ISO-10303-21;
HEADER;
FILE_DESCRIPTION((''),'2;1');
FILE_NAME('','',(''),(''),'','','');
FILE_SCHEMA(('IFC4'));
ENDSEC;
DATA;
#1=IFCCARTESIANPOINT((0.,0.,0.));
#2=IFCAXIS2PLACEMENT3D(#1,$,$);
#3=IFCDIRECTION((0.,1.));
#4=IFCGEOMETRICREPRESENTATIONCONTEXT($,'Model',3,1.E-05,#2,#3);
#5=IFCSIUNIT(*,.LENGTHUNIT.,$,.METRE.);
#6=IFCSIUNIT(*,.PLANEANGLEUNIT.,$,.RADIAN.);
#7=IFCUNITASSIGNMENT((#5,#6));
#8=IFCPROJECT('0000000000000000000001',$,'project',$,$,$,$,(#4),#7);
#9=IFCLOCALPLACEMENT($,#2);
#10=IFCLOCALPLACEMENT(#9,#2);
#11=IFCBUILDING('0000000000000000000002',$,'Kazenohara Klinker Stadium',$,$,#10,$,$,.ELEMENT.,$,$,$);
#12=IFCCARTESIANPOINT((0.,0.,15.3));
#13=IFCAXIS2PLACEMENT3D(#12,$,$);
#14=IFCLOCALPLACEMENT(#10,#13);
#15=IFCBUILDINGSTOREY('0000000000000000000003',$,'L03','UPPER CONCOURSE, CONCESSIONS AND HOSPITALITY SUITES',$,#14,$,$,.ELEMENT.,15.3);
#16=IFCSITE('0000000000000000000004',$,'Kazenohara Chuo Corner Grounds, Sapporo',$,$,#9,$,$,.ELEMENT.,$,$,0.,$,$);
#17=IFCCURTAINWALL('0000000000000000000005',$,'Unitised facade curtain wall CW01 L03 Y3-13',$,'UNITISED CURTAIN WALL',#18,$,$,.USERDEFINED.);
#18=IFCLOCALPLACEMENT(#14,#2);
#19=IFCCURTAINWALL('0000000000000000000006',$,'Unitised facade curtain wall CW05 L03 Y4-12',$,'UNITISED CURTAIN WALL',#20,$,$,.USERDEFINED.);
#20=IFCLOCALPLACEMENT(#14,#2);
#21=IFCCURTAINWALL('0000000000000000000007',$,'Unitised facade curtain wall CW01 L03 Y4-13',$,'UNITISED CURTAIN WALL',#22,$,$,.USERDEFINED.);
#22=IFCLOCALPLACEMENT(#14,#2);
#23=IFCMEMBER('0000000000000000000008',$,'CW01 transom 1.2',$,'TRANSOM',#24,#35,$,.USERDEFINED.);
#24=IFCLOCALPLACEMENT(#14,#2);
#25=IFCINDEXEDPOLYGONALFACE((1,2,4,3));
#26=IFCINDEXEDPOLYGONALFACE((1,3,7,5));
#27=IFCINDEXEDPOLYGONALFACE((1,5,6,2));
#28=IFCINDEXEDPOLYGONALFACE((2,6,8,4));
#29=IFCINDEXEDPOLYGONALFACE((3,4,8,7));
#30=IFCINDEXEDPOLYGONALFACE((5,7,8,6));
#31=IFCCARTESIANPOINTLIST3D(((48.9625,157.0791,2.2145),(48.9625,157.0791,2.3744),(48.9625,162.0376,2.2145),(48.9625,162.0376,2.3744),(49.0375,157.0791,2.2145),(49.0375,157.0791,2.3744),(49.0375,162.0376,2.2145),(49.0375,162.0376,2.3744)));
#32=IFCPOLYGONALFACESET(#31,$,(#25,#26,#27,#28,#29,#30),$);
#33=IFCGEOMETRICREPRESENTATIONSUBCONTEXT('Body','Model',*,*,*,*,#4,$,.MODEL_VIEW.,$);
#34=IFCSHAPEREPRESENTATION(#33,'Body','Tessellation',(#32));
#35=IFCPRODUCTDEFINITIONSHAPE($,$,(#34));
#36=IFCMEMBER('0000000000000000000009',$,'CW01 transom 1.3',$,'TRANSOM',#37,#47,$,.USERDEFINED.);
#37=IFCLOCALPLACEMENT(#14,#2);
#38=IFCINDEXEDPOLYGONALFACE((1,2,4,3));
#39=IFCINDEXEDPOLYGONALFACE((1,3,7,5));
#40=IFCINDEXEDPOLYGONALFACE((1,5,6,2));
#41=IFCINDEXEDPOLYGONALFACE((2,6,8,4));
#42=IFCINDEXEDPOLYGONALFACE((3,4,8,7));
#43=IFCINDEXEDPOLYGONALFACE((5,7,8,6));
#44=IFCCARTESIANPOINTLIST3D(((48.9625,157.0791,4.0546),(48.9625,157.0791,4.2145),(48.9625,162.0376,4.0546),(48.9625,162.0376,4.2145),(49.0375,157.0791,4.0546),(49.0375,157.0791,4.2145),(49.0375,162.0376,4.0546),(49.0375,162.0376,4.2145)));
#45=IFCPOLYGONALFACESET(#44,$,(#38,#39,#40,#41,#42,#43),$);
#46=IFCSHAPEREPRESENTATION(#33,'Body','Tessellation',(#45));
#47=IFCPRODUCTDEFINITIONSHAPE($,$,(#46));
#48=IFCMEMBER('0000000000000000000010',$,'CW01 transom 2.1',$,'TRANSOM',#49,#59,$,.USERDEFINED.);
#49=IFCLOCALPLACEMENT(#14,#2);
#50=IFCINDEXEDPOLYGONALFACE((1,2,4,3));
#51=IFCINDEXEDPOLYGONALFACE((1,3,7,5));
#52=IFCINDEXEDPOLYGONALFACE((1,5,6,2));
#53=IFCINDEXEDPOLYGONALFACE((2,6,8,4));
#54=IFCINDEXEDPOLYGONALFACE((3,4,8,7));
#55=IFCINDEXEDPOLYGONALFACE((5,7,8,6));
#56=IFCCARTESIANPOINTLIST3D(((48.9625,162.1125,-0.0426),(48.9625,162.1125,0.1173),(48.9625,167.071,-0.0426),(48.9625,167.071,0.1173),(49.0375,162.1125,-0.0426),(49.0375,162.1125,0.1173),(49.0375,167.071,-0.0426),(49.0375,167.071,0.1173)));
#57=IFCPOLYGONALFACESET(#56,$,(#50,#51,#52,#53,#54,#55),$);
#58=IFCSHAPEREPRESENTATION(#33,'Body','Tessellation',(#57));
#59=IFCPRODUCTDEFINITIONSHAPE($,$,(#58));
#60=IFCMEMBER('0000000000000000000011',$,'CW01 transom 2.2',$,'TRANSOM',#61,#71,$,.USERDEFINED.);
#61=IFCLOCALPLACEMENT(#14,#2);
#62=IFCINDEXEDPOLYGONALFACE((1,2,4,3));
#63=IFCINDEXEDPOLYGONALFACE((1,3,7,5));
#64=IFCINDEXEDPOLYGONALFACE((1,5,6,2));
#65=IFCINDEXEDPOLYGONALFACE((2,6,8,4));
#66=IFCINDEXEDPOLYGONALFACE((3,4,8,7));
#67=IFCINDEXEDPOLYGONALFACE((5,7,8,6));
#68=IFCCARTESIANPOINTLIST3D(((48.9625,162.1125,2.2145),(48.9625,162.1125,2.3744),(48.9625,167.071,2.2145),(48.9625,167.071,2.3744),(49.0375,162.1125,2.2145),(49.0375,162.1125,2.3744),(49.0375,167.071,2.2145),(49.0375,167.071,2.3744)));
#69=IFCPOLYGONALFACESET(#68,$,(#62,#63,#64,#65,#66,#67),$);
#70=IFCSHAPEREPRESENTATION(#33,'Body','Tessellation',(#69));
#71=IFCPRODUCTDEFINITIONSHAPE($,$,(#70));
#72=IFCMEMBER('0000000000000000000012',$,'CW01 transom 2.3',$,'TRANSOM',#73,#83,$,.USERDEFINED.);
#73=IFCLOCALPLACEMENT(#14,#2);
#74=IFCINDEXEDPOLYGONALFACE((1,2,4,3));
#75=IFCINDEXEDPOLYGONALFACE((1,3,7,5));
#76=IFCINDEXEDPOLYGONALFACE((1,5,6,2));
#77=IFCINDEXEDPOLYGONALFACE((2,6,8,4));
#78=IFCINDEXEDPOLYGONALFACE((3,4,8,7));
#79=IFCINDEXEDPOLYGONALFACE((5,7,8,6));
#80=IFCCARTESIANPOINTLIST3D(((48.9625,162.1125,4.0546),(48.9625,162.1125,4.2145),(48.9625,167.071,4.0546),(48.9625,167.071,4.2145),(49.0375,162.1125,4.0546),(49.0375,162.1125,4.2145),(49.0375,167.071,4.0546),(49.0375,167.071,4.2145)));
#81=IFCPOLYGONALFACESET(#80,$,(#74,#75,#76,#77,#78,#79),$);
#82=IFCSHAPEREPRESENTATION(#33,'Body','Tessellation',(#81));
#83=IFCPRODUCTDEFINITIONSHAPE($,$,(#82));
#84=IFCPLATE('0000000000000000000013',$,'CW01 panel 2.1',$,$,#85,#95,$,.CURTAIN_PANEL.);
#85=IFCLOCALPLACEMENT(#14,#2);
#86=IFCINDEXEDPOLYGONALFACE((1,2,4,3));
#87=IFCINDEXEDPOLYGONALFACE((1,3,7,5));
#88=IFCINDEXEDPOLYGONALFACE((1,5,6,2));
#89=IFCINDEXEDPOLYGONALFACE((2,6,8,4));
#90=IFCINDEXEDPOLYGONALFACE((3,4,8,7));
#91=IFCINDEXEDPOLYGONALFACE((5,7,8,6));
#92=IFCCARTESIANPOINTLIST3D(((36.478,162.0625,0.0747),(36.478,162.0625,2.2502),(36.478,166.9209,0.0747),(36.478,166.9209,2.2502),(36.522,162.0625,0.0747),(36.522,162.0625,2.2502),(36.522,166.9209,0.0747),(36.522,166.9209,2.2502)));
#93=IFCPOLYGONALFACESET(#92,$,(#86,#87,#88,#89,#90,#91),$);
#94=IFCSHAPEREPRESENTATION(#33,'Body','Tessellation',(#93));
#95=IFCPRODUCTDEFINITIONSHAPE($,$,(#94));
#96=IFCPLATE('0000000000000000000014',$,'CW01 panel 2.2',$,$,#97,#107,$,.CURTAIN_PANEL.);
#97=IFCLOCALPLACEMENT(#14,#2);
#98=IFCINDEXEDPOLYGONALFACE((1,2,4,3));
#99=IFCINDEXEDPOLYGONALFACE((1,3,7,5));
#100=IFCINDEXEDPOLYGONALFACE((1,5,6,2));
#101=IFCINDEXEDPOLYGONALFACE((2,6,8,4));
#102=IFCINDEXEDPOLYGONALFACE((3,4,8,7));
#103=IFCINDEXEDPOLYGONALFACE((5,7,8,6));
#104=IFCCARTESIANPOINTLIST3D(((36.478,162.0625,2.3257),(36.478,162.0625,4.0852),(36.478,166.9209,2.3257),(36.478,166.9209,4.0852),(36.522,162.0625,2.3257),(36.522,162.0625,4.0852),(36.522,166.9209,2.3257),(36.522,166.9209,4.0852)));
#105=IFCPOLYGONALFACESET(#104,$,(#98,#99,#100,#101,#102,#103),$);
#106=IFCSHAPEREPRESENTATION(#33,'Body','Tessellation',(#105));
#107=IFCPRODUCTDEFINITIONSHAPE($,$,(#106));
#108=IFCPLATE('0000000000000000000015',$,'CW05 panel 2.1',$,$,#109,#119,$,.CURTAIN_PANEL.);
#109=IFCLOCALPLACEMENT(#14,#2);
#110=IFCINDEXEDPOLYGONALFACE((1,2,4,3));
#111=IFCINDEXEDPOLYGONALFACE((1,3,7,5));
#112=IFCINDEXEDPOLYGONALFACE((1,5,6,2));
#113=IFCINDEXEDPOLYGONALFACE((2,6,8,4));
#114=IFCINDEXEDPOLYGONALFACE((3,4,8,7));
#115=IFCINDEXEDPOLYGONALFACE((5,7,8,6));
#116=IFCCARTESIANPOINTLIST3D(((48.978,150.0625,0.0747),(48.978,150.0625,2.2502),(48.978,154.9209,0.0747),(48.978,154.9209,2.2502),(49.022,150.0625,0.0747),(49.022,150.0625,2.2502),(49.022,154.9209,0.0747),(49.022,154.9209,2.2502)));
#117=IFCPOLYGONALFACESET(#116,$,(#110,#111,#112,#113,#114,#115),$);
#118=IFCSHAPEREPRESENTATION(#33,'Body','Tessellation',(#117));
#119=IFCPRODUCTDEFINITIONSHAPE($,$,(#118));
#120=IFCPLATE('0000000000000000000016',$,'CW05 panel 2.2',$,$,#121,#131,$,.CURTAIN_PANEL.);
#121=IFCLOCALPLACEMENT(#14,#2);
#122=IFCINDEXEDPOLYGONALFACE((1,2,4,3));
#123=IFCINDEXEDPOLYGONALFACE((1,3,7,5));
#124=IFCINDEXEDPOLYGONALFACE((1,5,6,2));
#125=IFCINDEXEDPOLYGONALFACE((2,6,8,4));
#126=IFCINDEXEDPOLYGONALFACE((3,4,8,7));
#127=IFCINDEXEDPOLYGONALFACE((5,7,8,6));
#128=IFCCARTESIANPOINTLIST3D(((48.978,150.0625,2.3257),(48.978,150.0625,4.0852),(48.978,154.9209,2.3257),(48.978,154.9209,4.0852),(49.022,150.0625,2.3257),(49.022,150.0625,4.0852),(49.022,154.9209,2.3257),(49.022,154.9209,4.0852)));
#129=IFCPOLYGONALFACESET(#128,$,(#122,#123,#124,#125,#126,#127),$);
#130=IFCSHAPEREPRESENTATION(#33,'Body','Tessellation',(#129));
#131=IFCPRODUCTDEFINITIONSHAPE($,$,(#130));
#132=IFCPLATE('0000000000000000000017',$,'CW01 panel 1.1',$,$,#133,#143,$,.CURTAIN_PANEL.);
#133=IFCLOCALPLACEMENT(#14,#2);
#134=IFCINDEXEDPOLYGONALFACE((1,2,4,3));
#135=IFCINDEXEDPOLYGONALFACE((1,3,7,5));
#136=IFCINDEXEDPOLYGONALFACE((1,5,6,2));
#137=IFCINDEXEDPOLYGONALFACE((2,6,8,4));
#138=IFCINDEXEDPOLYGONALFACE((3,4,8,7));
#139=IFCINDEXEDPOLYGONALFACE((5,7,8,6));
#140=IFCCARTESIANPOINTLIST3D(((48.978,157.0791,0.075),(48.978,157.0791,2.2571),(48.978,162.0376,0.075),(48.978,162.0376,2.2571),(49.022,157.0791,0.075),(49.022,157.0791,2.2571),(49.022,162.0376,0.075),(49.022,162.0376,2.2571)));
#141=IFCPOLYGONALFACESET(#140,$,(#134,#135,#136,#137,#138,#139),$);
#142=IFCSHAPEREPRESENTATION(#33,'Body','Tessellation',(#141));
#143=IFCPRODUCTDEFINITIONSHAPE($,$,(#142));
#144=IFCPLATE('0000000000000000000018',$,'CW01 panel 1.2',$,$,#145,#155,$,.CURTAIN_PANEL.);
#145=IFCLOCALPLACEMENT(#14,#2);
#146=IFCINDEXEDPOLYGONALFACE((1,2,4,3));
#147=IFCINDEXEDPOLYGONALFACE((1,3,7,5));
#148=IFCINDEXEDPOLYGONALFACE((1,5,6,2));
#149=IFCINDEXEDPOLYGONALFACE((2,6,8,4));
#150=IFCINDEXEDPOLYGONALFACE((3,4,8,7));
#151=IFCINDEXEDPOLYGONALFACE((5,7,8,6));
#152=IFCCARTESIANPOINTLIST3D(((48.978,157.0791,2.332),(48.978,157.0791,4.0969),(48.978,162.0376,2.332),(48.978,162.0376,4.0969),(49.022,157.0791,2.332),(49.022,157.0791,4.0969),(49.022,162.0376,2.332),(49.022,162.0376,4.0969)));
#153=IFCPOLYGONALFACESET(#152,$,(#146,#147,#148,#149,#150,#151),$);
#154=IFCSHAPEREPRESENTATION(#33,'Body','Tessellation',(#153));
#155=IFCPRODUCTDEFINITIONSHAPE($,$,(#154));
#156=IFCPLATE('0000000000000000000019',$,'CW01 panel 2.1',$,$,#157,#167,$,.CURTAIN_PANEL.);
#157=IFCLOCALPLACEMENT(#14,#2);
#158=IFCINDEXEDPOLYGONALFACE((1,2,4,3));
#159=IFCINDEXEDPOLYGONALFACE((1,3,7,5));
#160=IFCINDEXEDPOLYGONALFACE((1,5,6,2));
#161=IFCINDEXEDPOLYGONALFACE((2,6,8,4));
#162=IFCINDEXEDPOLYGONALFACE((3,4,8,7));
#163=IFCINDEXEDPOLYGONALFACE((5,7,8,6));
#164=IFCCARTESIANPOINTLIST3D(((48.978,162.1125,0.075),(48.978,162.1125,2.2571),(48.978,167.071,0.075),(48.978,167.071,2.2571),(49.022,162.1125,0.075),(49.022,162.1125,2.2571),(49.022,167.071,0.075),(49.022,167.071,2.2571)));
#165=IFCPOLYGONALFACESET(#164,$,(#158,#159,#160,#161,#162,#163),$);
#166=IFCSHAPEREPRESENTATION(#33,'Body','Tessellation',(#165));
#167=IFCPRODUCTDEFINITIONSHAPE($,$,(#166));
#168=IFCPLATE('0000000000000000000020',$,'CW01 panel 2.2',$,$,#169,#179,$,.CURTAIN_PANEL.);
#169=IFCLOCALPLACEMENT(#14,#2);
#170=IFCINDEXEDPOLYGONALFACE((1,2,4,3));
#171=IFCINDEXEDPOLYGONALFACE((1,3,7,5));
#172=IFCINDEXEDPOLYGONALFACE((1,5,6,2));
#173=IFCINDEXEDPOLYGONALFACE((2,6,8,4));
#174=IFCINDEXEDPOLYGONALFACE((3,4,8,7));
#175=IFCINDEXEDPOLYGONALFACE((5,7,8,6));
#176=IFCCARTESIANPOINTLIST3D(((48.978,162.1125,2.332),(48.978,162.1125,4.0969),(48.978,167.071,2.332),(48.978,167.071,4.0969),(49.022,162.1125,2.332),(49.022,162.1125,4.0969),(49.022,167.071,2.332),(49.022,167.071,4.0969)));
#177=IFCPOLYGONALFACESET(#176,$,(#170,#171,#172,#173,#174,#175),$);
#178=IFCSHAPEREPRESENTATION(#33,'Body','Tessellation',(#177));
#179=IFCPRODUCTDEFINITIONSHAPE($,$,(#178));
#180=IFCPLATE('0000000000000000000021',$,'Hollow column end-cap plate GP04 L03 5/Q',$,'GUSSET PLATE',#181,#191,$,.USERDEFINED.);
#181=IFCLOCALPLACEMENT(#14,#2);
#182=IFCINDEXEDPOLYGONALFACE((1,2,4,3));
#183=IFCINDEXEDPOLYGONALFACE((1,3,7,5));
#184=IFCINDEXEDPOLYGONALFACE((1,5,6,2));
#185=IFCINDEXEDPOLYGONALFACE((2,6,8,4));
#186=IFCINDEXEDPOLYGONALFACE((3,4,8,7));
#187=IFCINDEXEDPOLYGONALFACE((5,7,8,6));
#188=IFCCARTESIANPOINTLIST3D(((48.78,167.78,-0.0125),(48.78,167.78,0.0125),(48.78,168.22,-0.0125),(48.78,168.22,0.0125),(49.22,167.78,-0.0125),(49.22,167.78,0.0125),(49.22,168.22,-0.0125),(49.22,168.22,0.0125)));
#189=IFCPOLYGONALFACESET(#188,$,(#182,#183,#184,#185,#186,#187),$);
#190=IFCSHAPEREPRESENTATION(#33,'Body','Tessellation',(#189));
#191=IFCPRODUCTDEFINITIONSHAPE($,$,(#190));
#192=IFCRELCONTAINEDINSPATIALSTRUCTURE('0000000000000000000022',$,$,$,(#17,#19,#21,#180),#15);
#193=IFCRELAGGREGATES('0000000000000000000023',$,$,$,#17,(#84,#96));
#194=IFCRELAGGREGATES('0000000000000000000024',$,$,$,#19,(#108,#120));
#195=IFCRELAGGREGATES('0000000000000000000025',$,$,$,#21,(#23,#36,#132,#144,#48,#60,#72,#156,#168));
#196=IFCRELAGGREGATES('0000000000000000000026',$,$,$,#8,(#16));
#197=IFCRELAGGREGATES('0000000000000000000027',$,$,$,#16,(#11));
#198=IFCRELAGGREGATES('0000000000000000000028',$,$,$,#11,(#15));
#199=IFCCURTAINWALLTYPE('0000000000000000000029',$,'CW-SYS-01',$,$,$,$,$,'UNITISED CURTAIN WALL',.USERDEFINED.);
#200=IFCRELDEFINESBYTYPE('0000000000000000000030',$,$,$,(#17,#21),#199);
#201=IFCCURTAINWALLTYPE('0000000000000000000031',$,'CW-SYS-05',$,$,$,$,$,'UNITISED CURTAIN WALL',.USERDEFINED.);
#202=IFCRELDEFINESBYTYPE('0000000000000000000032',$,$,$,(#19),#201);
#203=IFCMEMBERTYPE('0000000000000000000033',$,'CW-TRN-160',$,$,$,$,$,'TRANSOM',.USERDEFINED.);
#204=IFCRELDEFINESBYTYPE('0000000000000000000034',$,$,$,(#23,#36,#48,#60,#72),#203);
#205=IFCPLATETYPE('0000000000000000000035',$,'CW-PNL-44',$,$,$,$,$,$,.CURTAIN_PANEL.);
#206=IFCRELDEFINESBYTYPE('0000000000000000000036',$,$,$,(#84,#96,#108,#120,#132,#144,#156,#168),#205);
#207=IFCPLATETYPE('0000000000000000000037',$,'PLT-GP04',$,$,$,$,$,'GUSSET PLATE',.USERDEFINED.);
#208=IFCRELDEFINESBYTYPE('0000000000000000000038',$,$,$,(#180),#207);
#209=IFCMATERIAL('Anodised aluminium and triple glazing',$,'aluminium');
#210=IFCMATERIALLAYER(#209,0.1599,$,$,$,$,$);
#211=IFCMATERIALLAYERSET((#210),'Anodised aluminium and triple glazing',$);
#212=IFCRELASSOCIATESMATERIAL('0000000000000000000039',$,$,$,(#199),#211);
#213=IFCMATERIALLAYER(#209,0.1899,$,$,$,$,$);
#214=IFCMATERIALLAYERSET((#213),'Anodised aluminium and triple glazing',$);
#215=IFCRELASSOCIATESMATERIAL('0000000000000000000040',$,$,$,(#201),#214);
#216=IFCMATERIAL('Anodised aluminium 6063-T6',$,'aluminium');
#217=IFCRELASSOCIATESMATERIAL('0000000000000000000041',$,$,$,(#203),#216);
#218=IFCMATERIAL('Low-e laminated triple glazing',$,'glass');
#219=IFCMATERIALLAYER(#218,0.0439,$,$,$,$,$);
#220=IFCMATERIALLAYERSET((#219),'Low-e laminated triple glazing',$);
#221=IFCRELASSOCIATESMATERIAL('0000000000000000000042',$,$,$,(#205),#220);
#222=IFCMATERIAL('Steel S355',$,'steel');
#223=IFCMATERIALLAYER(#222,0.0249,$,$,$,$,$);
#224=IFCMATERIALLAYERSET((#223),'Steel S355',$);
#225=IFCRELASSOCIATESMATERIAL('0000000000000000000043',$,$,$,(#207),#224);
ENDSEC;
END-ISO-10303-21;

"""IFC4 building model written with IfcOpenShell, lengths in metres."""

from ifc_helpers import new_model, si_unit, direction, frame, origin, origin_2d, place, context, subcontext, project, spatial, rectangle, extrude, material, layer, layer_set, material_profile, profile_set, type_object, element, aggregate, save


model = new_model("IFC4")

# Units and contexts
model_context = context("Model", 3, precision=1e-05, world=origin(), true_north=direction((0.0, 1.0)))
body_context = subcontext(model_context, "Body", "Model", "MODEL_VIEW")
ifc_project = project(units=[si_unit("LENGTHUNIT", "METRE"), si_unit("PLANEANGLEUNIT", "RADIAN")], contexts=[model_context])

# Site, building, storey
site_placement = place(None, origin())
site = spatial("IfcSite", under=ifc_project, at=site_placement, Name="Kazenohara Chuo Corner Grounds, Sapporo", CompositionType="ELEMENT", RefElevation=0.0)
building_placement = place(site_placement, origin())
building = spatial("IfcBuilding", under=site, at=building_placement, Name="Kazenohara Klinker Stadium", CompositionType="ELEMENT")
storey_placement = place(building_placement, frame((0.0, 0.0, 15.3)))
storey = spatial("IfcBuildingStorey", under=building, at=storey_placement, Name="L03", Description="UPPER CONCOURSE, CONCESSIONS AND HOSPITALITY SUITES", CompositionType="ELEMENT", Elevation=15.3)

# Shared definitions
ifc_material_1 = material(Name="Steel S355", Category="steel")

# Curtain walls
ifc_material_2 = material(Name="Anodised aluminium and triple glazing", Category="aluminium")
ifc_layer_1 = layer(ifc_material_2, 0.1599)
ifc_layer_set_1 = layer_set([ifc_layer_1], Name="Anodised aluminium and triple glazing")
curtain_wall_type_1 = type_object("IfcCurtainWallType", Name="CW-SYS-01", ElementType="UNITISED CURTAIN WALL", PredefinedType="USERDEFINED", material=ifc_layer_set_1)
curtain_wall_1_placement = place(storey_placement, origin())
curtain_wall_1 = element("IfcCurtainWall", 1, at=curtain_wall_1_placement, inside=storey, type_object=curtain_wall_type_1, Name="Unitised facade curtain wall CW01 L03 Y3-13", ObjectType="UNITISED CURTAIN WALL", PredefinedType="USERDEFINED")
ifc_material_3 = material(Name="Anodised aluminium 6063-T6", Category="aluminium")
ifc_layer_2 = layer(ifc_material_2, 0.1899)
ifc_layer_set_2 = layer_set([ifc_layer_2], Name="Anodised aluminium and triple glazing")
curtain_wall_type_2 = type_object("IfcCurtainWallType", Name="CW-SYS-05", ElementType="UNITISED CURTAIN WALL", PredefinedType="USERDEFINED", material=ifc_layer_set_2)
curtain_wall_2_placement = place(storey_placement, origin())
curtain_wall_2 = element("IfcCurtainWall", 2, at=curtain_wall_2_placement, inside=storey, type_object=curtain_wall_type_2, Name="Unitised facade curtain wall CW05 L03 Y4-12", ObjectType="UNITISED CURTAIN WALL", PredefinedType="USERDEFINED")

# Curtain wall
curtain_wall_3_placement = place(storey_placement, origin())
curtain_wall_3 = element("IfcCurtainWall", 3, at=curtain_wall_3_placement, inside=storey, type_object=curtain_wall_type_1, Name="Unitised facade curtain wall CW01 L03 Y4-13", ObjectType="UNITISED CURTAIN WALL", PredefinedType="USERDEFINED")

# Members
ifc_material_profile_1 = material_profile(ifc_material_3, rectangle(XDim=0.075, YDim=0.1599, at=origin_2d()), Name="ALU-TRN-75x160")
ifc_profile_set_1 = profile_set([ifc_material_profile_1], Name="Anodised aluminium 6063-T6")
member_type_1 = type_object("IfcMemberType", Name="CW-TRN-160", ElementType="TRANSOM", PredefinedType="USERDEFINED", material=ifc_profile_set_1)
member_1_placement = place(storey_placement, frame((49.0, 157.0791, 2.2944), z_axis=(0.0, 1.0, 0.0), x_axis=(-1.0, 0.0, 0.0)))
member_1 = element("IfcMember", 4, at=member_1_placement, type_object=member_type_1, Name="CW01 transom 1.2", ObjectType="TRANSOM", PredefinedType="USERDEFINED", context=body_context, shape_type="SweptSolid", body=[
    extrude(rectangle(XDim=0.075, YDim=0.1599, at=origin_2d()), origin(), (0.0, 0.0, 1.0), 4.9585),
])
member_2_placement = place(storey_placement, frame((49.0, 157.0791, 4.1345), z_axis=(0.0, 1.0, 0.0), x_axis=(-1.0, 0.0, 0.0)))
member_2 = element("IfcMember", 5, at=member_2_placement, type_object=member_type_1, Name="CW01 transom 1.3", ObjectType="TRANSOM", PredefinedType="USERDEFINED", context=body_context, shape_type="SweptSolid", body=[
    extrude(rectangle(XDim=0.075, YDim=0.1599, at=origin_2d()), origin(), (0.0, 0.0, 1.0), 4.9585),
])
member_3_placement = place(storey_placement, frame((49.0, 162.1125, 0.0374), z_axis=(0.0, 1.0, 0.0), x_axis=(-1.0, 0.0, 0.0)))
member_3 = element("IfcMember", 6, at=member_3_placement, type_object=member_type_1, Name="CW01 transom 2.1", ObjectType="TRANSOM", PredefinedType="USERDEFINED", context=body_context, shape_type="SweptSolid", body=[
    extrude(rectangle(XDim=0.075, YDim=0.1599, at=origin_2d()), origin(), (0.0, 0.0, 1.0), 4.9585),
])
member_4_placement = place(storey_placement, frame((49.0, 162.1125, 2.2944), z_axis=(0.0, 1.0, 0.0), x_axis=(-1.0, 0.0, 0.0)))
member_4 = element("IfcMember", 7, at=member_4_placement, type_object=member_type_1, Name="CW01 transom 2.2", ObjectType="TRANSOM", PredefinedType="USERDEFINED", context=body_context, shape_type="SweptSolid", body=[
    extrude(rectangle(XDim=0.075, YDim=0.1599, at=origin_2d()), origin(), (0.0, 0.0, 1.0), 4.9585),
])
member_5_placement = place(storey_placement, frame((49.0, 162.1125, 4.1345), z_axis=(0.0, 1.0, 0.0), x_axis=(-1.0, 0.0, 0.0)))
member_5 = element("IfcMember", 8, at=member_5_placement, type_object=member_type_1, Name="CW01 transom 2.3", ObjectType="TRANSOM", PredefinedType="USERDEFINED", context=body_context, shape_type="SweptSolid", body=[
    extrude(rectangle(XDim=0.075, YDim=0.1599, at=origin_2d()), origin(), (0.0, 0.0, 1.0), 4.9585),
])

# Plates
ifc_material_4 = material(Name="Low-e laminated triple glazing", Category="glass")
ifc_layer_3 = layer(ifc_material_4, 0.0439)
ifc_layer_set_3 = layer_set([ifc_layer_3], Name="Low-e laminated triple glazing")
plate_type_1 = type_object("IfcPlateType", Name="CW-PNL-44", PredefinedType="CURTAIN_PANEL", material=ifc_layer_set_3)
plate_1_placement = place(storey_placement, frame((36.5, 164.4917, 0.0747), z_axis=(0.0, 0.0, 1.0), x_axis=(0.0, 1.0, 0.0)))
plate_1 = element("IfcPlate", 9, at=plate_1_placement, type_object=plate_type_1, Name="CW01 panel 2.1", PredefinedType="CURTAIN_PANEL", context=body_context, shape_type="SweptSolid", body=[
    extrude(rectangle(XDim=4.8584, YDim=0.0439, at=origin_2d()), origin(), (0.0, 0.0, 1.0), 2.1755),
])
plate_2_placement = place(storey_placement, frame((36.5, 164.4917, 2.3257), z_axis=(0.0, 0.0, 1.0), x_axis=(0.0, 1.0, 0.0)))
plate_2 = element("IfcPlate", 10, at=plate_2_placement, type_object=plate_type_1, Name="CW01 panel 2.2", PredefinedType="CURTAIN_PANEL", context=body_context, shape_type="SweptSolid", body=[
    extrude(rectangle(XDim=4.8584, YDim=0.0439, at=origin_2d()), origin(), (0.0, 0.0, 1.0), 1.7595),
])
aggregate(curtain_wall_1, [plate_1, plate_2])
plate_3_placement = place(storey_placement, frame((49.0, 152.4917, 0.0747), z_axis=(0.0, 0.0, 1.0), x_axis=(0.0, 1.0, 0.0)))
plate_3 = element("IfcPlate", 11, at=plate_3_placement, type_object=plate_type_1, Name="CW05 panel 2.1", PredefinedType="CURTAIN_PANEL", context=body_context, shape_type="SweptSolid", body=[
    extrude(rectangle(XDim=4.8584, YDim=0.0439, at=origin_2d()), origin(), (0.0, 0.0, 1.0), 2.1755),
])
plate_4_placement = place(storey_placement, frame((49.0, 152.4917, 2.3257), z_axis=(0.0, 0.0, 1.0), x_axis=(0.0, 1.0, 0.0)))
plate_4 = element("IfcPlate", 12, at=plate_4_placement, type_object=plate_type_1, Name="CW05 panel 2.2", PredefinedType="CURTAIN_PANEL", context=body_context, shape_type="SweptSolid", body=[
    extrude(rectangle(XDim=4.8584, YDim=0.0439, at=origin_2d()), origin(), (0.0, 0.0, 1.0), 1.7595),
])
aggregate(curtain_wall_2, [plate_3, plate_4])
plate_5_placement = place(storey_placement, frame((49.0, 159.5583, 0.075), z_axis=(0.0, 0.0, 1.0), x_axis=(0.0, 1.0, 0.0)))
plate_5 = element("IfcPlate", 13, at=plate_5_placement, type_object=plate_type_1, Name="CW01 panel 1.1", PredefinedType="CURTAIN_PANEL", context=body_context, shape_type="SweptSolid", body=[
    extrude(rectangle(XDim=4.9585, YDim=0.0439, at=origin_2d()), origin(), (0.0, 0.0, 1.0), 2.1821),
])
plate_6_placement = place(storey_placement, frame((49.0, 159.5583, 2.332), z_axis=(0.0, 0.0, 1.0), x_axis=(0.0, 1.0, 0.0)))
plate_6 = element("IfcPlate", 14, at=plate_6_placement, type_object=plate_type_1, Name="CW01 panel 1.2", PredefinedType="CURTAIN_PANEL", context=body_context, shape_type="SweptSolid", body=[
    extrude(rectangle(XDim=4.9585, YDim=0.0439, at=origin_2d()), origin(), (0.0, 0.0, 1.0), 1.7649),
])
plate_7_placement = place(storey_placement, frame((49.0, 164.5918, 0.075), z_axis=(0.0, 0.0, 1.0), x_axis=(0.0, 1.0, 0.0)))
plate_7 = element("IfcPlate", 15, at=plate_7_placement, type_object=plate_type_1, Name="CW01 panel 2.1", PredefinedType="CURTAIN_PANEL", context=body_context, shape_type="SweptSolid", body=[
    extrude(rectangle(XDim=4.9585, YDim=0.0439, at=origin_2d()), origin(), (0.0, 0.0, 1.0), 2.1821),
])
plate_8_placement = place(storey_placement, frame((49.0, 164.5918, 2.332), z_axis=(0.0, 0.0, 1.0), x_axis=(0.0, 1.0, 0.0)))
plate_8 = element("IfcPlate", 16, at=plate_8_placement, type_object=plate_type_1, Name="CW01 panel 2.2", PredefinedType="CURTAIN_PANEL", context=body_context, shape_type="SweptSolid", body=[
    extrude(rectangle(XDim=4.9585, YDim=0.0439, at=origin_2d()), origin(), (0.0, 0.0, 1.0), 1.7649),
])
aggregate(curtain_wall_3, [member_1, member_2, plate_5, plate_6, member_3, member_4, member_5, plate_7, plate_8])
ifc_layer_4 = layer(ifc_material_1, 0.0249)
ifc_layer_set_4 = layer_set([ifc_layer_4], Name="Steel S355")
plate_type_2 = type_object("IfcPlateType", Name="PLT-GP04", ElementType="GUSSET PLATE", PredefinedType="USERDEFINED", material=ifc_layer_set_4)
plate_9_placement = place(storey_placement, frame((49.0, 168.0, -0.0125), z_axis=(0.0, 0.0, 1.0), x_axis=(1.0, 0.0, 0.0)))
element("IfcPlate", 17, at=plate_9_placement, inside=storey, type_object=plate_type_2, Name="Hollow column end-cap plate GP04 L03 5/Q", ObjectType="GUSSET PLATE", PredefinedType="USERDEFINED", context=body_context, shape_type="SweptSolid", body=[
    extrude(rectangle(XDim=0.4399, YDim=0.4399, at=origin_2d()), origin(), (0.0, 0.0, 1.0), 0.0249),
])

save(model, "model.ifc")
